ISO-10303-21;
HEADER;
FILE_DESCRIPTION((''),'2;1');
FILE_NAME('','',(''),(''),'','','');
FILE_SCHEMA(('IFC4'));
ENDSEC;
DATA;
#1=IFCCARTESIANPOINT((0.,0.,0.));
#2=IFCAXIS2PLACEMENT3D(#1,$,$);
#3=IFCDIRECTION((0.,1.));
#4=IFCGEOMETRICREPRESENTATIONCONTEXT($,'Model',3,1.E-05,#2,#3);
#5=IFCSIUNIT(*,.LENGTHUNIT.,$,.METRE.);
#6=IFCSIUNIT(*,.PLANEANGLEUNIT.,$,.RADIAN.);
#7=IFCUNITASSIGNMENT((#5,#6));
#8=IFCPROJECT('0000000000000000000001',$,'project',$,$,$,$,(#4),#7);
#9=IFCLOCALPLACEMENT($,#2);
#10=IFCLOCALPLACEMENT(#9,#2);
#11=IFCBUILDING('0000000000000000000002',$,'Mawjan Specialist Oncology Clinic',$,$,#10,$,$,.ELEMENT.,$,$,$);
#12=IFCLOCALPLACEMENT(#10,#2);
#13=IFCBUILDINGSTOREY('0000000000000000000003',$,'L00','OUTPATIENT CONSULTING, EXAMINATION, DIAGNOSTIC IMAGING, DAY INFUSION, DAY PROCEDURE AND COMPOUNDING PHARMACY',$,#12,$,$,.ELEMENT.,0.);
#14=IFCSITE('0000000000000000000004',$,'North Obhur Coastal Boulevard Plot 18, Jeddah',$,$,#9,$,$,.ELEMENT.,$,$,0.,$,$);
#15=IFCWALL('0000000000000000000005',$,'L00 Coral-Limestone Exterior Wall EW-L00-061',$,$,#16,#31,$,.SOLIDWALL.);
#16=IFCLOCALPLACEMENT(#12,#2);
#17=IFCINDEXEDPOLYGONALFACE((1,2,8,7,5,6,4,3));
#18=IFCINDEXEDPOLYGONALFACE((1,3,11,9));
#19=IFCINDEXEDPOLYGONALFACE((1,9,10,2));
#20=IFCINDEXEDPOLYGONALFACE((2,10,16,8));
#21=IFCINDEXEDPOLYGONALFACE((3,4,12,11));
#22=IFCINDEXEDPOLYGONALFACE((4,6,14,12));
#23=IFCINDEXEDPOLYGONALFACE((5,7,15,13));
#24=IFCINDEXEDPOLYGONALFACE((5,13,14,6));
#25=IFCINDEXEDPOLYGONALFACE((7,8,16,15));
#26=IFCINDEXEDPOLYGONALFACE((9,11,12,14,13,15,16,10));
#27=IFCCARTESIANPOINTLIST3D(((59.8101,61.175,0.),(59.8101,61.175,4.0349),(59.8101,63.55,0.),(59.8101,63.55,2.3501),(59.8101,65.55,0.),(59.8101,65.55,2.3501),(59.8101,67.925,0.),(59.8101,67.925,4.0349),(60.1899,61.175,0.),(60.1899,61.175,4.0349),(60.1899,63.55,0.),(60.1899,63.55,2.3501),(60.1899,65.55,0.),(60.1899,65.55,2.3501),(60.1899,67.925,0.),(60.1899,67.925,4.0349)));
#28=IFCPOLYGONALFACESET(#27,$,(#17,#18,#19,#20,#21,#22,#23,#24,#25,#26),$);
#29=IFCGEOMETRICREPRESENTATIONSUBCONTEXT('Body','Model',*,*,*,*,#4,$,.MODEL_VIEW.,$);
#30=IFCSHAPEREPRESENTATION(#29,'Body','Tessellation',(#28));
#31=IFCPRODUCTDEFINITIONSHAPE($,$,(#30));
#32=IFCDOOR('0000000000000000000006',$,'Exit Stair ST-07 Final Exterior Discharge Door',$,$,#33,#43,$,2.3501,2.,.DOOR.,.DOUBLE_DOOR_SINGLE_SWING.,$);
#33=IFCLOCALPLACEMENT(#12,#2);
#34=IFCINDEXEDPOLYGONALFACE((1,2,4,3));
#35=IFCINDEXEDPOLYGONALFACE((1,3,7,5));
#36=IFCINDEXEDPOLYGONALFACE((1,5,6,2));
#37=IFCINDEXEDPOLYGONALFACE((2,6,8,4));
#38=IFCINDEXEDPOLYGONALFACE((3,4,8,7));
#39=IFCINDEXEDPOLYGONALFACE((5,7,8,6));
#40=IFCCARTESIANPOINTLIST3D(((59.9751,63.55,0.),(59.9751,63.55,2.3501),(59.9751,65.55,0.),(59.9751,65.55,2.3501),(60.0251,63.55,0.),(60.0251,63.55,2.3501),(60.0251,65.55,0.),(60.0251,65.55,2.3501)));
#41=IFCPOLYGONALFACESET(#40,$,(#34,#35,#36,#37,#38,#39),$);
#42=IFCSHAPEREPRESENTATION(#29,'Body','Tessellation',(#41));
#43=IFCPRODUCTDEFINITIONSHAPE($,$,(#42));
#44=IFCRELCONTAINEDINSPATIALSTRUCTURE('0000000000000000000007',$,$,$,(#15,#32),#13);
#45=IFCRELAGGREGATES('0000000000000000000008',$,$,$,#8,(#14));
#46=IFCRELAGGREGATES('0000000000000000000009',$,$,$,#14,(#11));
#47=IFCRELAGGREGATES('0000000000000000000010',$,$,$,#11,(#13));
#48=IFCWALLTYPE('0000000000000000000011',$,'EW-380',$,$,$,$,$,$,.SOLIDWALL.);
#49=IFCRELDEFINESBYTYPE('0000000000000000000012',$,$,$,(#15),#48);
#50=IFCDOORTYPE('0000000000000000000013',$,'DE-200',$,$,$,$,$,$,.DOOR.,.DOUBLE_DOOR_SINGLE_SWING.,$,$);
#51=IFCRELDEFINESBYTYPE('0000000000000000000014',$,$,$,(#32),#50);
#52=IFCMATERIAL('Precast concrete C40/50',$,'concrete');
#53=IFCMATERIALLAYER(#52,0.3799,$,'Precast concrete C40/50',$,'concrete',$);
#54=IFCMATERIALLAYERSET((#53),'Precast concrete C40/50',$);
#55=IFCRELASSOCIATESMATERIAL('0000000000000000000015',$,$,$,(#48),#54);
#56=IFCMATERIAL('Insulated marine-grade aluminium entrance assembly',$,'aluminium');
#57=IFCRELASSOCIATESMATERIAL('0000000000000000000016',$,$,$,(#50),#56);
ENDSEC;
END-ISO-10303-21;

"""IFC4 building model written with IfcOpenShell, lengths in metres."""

from ifc_helpers import new_model, si_unit, direction, frame, frame_2d, origin, place, context, subcontext, project, spatial, rectangle, extrude, material, layer, layer_set, type_object, element, fill, save


model = new_model("IFC4")

# Units and contexts
model_context = context("Model", 3, precision=1e-05, world=origin(), true_north=direction((0.0, 1.0)))
body_context = subcontext(model_context, "Body", "Model", "MODEL_VIEW")
ifc_project = project(units=[si_unit("LENGTHUNIT", "METRE"), si_unit("PLANEANGLEUNIT", "RADIAN")], contexts=[model_context])

# Site, building, storey
site_placement = place(None, origin())
site = spatial("IfcSite", under=ifc_project, at=site_placement, Name="North Obhur Coastal Boulevard Plot 18, Jeddah", CompositionType="ELEMENT", RefElevation=0.0)
building_placement = place(site_placement, origin())
building = spatial("IfcBuilding", under=site, at=building_placement, Name="Mawjan Specialist Oncology Clinic", CompositionType="ELEMENT")
storey_placement = place(building_placement, origin())
storey = spatial("IfcBuildingStorey", under=building, at=storey_placement, Name="L00", Description="OUTPATIENT CONSULTING, EXAMINATION, DIAGNOSTIC IMAGING, DAY INFUSION, DAY PROCEDURE AND COMPOUNDING PHARMACY", CompositionType="ELEMENT", Elevation=0.0)

# Shared definitions
ifc_material_1 = material(Name="Precast concrete C40/50", Category="concrete")
ifc_layer_1 = layer(ifc_material_1, 0.3799, Name="Precast concrete C40/50", Category="concrete")
ifc_layer_set_1 = layer_set([ifc_layer_1], Name="Precast concrete C40/50")
wall_type = type_object("IfcWallType", Name="EW-380", PredefinedType="SOLIDWALL", material=ifc_layer_set_1)

# Wall, opening, door
wall_1_placement = place(storey_placement, frame((60.0, 61.175, 0.0), z_axis=(0.0, 0.0, 1.0), x_axis=(0.0, 1.0, 0.0)))
wall_1 = element("IfcWall", 1, at=wall_1_placement, inside=storey, type_object=wall_type, Name="L00 Coral-Limestone Exterior Wall EW-L00-061", PredefinedType="SOLIDWALL", context=body_context, shape_type="SweptSolid", body=[
    extrude(rectangle(XDim=6.75, YDim=0.3799, at=frame_2d((3.375, 0.0))), origin(), (0.0, 0.0, 1.0), 4.0349),
])
opening_placement = place(wall_1_placement, frame((2.375, 0.0, 0.0)))
opening = element("IfcOpeningElement", 2, at=opening_placement, cuts=wall_1, PredefinedType="OPENING", context=body_context, shape_type="SweptSolid", body=[
    extrude(rectangle(XDim=2.0, YDim=2.3501, at=frame_2d((1.0, 1.175))), frame((0.0, 0.2019, 0.0), z_axis=(0.0, -1.0, 0.0), x_axis=(1.0, 0.0, 0.0)), (0.0, 0.0, 1.0), 0.4038),
])
ifc_material_2 = material(Name="Insulated marine-grade aluminium entrance assembly", Category="aluminium")
door_type = type_object("IfcDoorType", Name="DE-200", OperationType="DOUBLE_DOOR_SINGLE_SWING", PredefinedType="DOOR", material=ifc_material_2)
door_placement = place(opening_placement, origin())
door = element("IfcDoor", 3, at=door_placement, inside=storey, type_object=door_type, Name="Exit Stair ST-07 Final Exterior Discharge Door", OperationType="DOUBLE_DOOR_SINGLE_SWING", OverallHeight=2.3501, OverallWidth=2.0, PredefinedType="DOOR", context=body_context, shape_type="SweptSolid", body=[
    extrude(rectangle(XDim=2.0, YDim=2.3501, at=frame_2d((1.0, 1.175))), frame((0.0, 0.0249, 0.0), z_axis=(0.0, -1.0, 0.0), x_axis=(1.0, 0.0, 0.0)), (0.0, 0.0, 1.0), 0.05),
])
fill(opening, door)

save(model, "model.ifc")
